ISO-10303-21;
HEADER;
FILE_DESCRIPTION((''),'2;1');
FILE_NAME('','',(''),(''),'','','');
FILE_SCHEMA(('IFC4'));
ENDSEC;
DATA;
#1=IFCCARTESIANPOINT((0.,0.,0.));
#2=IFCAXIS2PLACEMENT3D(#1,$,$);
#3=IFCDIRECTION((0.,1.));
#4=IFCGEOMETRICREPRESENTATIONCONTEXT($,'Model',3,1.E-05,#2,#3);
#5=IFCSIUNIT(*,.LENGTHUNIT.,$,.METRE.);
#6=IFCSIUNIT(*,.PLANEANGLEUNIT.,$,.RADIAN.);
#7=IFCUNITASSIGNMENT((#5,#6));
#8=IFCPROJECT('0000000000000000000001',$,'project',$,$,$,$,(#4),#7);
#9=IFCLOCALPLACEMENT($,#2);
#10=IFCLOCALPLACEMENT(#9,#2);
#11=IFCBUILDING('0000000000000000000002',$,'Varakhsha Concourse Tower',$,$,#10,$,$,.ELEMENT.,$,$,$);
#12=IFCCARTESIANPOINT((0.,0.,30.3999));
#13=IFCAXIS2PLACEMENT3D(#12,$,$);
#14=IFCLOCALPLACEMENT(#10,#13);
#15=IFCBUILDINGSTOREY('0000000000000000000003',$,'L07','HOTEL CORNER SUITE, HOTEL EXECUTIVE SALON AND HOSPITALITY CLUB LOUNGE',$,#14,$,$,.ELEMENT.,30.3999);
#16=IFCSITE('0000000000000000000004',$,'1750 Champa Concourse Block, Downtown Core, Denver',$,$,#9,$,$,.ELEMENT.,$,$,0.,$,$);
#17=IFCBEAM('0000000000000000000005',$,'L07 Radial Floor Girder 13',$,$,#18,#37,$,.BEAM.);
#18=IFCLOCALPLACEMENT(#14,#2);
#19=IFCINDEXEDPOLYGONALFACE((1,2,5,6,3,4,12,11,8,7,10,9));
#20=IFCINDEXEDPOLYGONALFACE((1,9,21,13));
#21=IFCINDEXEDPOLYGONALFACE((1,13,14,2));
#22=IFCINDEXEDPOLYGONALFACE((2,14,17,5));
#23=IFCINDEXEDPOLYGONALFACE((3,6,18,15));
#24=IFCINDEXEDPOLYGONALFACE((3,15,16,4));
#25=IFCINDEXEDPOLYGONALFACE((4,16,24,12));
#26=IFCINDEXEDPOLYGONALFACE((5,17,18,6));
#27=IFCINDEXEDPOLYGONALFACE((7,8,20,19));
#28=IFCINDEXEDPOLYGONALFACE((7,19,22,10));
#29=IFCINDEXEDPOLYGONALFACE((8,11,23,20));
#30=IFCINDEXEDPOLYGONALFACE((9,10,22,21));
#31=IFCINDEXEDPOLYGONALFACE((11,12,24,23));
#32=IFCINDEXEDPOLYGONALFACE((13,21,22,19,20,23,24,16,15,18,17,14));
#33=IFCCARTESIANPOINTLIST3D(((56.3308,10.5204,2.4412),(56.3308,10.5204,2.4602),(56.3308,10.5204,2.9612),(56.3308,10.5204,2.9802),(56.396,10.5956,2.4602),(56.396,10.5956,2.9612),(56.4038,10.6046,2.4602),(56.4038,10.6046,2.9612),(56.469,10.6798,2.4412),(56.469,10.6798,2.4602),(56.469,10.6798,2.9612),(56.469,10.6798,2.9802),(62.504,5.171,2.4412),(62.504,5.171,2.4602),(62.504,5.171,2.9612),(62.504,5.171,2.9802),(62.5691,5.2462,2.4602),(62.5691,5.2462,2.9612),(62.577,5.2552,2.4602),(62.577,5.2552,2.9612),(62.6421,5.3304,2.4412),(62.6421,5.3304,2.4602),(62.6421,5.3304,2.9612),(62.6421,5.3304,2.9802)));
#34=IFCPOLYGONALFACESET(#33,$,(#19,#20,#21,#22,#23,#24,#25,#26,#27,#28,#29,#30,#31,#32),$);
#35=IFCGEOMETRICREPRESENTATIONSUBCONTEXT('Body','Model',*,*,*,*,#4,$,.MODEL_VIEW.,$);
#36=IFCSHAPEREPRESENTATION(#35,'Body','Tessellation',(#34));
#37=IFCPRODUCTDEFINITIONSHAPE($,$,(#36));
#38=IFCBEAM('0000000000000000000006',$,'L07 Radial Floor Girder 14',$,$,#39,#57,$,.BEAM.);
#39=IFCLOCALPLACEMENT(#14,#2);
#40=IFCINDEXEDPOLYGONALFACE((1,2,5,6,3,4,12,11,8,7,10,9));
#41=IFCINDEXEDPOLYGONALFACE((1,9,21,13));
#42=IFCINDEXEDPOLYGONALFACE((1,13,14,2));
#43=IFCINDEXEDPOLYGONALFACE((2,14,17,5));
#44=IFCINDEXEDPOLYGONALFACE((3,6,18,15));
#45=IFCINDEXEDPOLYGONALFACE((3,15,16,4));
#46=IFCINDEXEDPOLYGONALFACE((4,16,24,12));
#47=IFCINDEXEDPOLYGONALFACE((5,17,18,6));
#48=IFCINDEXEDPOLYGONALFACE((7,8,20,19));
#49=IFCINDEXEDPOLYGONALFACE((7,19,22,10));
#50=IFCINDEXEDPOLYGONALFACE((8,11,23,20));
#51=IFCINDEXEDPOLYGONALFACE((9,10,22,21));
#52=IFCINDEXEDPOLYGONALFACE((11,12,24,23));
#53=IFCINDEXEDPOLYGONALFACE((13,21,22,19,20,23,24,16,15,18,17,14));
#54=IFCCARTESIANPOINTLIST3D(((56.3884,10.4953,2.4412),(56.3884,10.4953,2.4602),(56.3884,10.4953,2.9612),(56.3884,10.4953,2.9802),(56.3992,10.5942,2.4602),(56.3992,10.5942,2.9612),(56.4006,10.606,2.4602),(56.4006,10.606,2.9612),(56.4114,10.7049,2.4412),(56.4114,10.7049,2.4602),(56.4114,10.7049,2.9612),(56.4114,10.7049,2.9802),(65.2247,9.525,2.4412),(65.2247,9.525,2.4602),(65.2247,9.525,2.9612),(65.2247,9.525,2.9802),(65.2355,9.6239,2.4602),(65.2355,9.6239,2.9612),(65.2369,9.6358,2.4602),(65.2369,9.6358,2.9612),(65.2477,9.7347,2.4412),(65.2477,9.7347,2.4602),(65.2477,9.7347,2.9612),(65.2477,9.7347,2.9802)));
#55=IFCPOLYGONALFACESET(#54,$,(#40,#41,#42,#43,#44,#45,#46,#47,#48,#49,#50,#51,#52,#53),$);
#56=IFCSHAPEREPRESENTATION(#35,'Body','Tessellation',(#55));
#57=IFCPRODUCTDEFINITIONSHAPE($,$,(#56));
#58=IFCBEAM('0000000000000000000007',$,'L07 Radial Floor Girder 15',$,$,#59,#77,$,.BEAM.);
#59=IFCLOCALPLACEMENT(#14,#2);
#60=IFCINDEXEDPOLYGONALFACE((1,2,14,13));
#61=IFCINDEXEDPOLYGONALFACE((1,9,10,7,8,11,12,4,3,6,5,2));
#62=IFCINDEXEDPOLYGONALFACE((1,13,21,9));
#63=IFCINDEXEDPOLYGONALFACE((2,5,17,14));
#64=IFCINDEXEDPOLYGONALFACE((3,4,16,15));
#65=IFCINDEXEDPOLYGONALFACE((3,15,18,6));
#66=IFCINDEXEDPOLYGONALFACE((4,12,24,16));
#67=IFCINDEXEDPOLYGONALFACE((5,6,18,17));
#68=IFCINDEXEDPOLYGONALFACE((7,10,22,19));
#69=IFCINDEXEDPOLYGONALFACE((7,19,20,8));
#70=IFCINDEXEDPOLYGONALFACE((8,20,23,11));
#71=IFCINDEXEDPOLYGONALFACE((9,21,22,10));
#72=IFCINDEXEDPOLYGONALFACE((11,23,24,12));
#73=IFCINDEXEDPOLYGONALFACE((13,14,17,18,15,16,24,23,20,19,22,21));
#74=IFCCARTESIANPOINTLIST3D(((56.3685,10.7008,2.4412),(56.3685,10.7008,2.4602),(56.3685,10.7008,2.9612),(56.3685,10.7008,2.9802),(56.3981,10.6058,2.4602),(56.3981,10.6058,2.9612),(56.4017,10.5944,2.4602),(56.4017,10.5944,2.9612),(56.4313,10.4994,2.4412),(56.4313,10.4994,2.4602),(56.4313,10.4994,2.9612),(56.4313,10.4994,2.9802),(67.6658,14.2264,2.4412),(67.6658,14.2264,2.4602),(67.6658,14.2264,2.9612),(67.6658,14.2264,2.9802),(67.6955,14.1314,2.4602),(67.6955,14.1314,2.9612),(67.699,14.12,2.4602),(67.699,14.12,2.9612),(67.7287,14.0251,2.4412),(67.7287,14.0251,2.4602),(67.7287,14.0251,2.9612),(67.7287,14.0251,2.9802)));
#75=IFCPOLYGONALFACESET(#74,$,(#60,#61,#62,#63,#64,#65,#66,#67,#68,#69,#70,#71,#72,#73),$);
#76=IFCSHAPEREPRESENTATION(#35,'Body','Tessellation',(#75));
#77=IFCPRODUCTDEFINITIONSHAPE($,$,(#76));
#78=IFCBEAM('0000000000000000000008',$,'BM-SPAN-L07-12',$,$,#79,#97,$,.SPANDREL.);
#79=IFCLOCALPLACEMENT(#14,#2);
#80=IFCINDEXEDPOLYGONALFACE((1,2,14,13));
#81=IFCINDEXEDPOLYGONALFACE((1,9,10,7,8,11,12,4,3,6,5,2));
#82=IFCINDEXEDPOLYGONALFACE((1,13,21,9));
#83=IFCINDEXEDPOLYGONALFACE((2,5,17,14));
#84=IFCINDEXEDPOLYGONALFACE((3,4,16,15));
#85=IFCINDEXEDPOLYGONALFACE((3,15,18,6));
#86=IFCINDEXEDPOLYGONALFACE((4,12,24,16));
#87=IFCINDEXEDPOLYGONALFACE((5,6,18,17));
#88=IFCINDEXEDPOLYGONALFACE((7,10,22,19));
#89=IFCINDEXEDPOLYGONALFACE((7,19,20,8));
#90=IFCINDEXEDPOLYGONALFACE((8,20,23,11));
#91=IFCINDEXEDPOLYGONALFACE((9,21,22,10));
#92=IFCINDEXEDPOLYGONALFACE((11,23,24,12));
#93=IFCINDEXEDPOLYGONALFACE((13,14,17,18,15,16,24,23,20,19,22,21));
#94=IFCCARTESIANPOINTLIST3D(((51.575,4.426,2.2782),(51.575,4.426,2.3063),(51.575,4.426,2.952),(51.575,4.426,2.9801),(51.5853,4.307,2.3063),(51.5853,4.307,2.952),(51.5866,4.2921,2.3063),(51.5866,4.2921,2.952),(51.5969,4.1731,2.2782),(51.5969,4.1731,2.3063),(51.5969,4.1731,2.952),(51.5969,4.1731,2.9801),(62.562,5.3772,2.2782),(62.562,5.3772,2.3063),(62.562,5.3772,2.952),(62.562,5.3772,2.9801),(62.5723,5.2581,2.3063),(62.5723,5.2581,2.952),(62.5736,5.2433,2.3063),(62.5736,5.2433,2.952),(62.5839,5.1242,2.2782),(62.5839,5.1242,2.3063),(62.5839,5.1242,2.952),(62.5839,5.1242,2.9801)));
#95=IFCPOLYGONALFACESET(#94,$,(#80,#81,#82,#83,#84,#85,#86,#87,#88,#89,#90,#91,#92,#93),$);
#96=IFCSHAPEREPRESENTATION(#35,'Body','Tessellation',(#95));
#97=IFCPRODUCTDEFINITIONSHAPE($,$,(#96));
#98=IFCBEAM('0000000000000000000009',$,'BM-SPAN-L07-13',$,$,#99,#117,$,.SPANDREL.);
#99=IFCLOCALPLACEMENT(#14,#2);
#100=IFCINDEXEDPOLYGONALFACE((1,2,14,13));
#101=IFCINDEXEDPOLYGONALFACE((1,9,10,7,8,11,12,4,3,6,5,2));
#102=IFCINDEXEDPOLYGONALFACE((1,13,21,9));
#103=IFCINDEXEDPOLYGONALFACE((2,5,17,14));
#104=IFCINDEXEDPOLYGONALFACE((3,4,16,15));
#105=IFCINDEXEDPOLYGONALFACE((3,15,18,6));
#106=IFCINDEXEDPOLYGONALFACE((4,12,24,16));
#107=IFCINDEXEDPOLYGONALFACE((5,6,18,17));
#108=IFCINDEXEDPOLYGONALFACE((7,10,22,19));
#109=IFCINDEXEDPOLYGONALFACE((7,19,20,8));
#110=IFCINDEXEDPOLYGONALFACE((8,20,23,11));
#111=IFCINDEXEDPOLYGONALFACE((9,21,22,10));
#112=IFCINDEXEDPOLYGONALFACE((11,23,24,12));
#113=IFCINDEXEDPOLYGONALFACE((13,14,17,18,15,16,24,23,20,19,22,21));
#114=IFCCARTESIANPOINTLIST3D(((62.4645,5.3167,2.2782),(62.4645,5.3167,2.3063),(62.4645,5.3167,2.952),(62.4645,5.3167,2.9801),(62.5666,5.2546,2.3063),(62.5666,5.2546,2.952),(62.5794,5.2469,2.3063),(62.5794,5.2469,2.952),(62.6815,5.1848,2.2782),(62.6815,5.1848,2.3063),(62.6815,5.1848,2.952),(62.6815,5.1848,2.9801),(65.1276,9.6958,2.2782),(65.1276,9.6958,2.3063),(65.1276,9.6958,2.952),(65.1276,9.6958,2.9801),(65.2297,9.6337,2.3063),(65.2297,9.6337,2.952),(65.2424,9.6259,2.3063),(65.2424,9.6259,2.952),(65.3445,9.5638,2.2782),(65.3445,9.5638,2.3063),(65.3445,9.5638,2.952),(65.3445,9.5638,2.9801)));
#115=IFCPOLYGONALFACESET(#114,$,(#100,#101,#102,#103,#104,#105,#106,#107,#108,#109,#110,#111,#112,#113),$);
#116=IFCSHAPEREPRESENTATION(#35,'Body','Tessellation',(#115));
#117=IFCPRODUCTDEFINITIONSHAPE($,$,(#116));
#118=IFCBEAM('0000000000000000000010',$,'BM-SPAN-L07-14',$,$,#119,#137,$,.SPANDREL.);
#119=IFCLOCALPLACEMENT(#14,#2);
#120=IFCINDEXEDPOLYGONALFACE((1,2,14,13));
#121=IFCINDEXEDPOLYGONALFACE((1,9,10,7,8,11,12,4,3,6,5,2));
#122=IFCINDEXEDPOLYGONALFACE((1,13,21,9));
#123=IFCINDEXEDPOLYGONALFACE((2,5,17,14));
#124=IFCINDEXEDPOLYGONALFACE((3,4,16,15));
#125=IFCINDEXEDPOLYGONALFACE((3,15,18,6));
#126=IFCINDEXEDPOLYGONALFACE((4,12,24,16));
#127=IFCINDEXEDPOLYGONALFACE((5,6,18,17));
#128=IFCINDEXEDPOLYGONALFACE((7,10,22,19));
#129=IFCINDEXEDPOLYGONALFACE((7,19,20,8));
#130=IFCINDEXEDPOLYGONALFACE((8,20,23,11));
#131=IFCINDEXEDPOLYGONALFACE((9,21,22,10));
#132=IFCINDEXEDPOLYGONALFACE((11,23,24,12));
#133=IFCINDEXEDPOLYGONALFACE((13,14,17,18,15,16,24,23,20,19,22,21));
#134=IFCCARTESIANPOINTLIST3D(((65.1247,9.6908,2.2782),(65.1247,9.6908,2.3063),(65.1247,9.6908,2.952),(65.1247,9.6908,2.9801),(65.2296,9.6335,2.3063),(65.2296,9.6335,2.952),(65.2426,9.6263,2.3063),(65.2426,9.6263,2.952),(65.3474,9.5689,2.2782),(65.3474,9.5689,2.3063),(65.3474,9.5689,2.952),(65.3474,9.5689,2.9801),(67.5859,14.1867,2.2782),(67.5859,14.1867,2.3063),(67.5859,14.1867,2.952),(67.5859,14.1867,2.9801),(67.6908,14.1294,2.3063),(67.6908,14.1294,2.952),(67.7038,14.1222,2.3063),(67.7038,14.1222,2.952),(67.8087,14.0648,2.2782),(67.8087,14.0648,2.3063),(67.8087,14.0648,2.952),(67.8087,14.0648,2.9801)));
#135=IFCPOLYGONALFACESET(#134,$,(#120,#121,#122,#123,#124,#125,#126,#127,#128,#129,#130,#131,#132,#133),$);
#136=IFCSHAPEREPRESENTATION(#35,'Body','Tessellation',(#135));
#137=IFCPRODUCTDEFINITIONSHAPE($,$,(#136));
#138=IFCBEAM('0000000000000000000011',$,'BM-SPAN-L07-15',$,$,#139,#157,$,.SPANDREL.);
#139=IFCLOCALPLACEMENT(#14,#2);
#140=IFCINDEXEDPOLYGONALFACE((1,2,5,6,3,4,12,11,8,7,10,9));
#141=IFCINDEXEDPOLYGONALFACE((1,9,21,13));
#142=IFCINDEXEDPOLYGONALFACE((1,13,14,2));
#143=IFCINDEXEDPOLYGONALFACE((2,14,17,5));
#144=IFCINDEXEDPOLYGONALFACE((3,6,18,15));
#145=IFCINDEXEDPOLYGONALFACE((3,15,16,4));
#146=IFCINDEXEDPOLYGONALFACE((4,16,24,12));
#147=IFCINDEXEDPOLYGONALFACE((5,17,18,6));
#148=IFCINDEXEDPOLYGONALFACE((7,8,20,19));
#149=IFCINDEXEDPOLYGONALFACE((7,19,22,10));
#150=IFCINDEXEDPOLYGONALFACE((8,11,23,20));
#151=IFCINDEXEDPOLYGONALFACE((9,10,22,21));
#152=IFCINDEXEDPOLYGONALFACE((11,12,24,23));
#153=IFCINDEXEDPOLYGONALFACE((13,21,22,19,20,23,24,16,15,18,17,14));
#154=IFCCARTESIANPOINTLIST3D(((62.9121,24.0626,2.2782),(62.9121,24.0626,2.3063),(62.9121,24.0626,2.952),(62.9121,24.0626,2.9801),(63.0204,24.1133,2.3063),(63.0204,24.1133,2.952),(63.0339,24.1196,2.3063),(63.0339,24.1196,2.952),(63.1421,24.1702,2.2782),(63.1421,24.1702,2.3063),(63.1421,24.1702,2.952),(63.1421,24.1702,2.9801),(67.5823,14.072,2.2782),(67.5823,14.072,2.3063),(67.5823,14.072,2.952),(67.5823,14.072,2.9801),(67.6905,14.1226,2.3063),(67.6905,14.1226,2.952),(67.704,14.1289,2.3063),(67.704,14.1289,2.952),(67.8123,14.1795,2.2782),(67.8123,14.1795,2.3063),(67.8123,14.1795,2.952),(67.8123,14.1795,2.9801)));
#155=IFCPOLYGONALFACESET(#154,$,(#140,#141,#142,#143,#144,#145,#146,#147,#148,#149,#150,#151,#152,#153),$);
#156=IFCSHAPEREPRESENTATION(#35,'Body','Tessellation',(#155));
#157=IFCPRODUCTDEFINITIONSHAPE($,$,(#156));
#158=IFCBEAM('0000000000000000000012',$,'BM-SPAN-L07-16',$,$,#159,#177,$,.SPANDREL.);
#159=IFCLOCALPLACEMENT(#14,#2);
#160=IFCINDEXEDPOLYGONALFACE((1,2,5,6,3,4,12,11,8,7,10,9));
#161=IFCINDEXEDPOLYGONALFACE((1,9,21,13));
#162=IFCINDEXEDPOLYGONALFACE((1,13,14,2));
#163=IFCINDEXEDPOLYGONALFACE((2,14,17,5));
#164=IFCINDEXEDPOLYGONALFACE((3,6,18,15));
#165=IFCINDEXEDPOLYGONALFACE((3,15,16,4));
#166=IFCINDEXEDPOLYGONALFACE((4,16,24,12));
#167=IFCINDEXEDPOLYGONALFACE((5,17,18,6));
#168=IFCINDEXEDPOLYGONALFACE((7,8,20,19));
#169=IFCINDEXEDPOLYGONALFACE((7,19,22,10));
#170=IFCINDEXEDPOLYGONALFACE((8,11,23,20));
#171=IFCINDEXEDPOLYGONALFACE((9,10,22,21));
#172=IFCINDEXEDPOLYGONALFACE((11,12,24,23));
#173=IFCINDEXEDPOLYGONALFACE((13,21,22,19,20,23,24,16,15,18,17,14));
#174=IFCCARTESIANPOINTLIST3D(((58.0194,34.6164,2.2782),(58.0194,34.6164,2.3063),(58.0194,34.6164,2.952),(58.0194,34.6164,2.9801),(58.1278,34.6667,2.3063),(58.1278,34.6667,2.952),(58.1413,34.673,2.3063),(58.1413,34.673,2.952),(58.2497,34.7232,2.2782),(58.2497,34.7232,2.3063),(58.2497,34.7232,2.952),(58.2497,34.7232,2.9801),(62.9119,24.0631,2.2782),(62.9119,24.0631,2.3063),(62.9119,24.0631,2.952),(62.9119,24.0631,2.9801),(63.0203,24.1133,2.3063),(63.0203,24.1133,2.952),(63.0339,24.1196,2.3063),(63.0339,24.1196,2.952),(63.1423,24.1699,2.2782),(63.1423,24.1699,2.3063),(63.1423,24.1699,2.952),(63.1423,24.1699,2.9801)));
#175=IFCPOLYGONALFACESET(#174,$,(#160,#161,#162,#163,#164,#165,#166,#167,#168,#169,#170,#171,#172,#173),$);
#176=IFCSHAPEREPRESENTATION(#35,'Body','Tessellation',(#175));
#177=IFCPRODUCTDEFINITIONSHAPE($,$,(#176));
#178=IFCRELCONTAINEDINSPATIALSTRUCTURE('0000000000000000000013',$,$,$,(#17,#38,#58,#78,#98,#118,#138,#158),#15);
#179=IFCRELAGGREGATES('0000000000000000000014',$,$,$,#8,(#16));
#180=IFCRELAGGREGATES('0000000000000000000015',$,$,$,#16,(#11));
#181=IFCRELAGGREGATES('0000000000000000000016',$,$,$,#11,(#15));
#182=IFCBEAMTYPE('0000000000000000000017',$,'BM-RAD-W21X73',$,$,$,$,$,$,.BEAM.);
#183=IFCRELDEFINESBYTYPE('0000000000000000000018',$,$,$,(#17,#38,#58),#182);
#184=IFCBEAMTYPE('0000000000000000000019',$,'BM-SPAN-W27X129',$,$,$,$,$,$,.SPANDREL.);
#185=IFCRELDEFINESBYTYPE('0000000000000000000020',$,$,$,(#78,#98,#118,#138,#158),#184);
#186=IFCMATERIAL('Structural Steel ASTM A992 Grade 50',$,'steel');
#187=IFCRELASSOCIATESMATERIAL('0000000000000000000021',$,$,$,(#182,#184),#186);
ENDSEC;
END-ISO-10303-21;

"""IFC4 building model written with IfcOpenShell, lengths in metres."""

from ifc_helpers import new_model, si_unit, direction, frame, origin, origin_2d, place, context, subcontext, project, spatial, i_section, extrude, material, material_profile, profile_set, type_object, element, save


model = new_model("IFC4")

# Units and contexts
model_context = context("Model", 3, precision=1e-05, world=origin(), true_north=direction((0.0, 1.0)))
body_context = subcontext(model_context, "Body", "Model", "MODEL_VIEW")
ifc_project = project(units=[si_unit("LENGTHUNIT", "METRE"), si_unit("PLANEANGLEUNIT", "RADIAN")], contexts=[model_context])

# Site, building, storey
site_placement = place(None, origin())
site = spatial("IfcSite", under=ifc_project, at=site_placement, Name="1750 Champa Concourse Block, Downtown Core, Denver", CompositionType="ELEMENT", RefElevation=0.0)
building_placement = place(site_placement, origin())
building = spatial("IfcBuilding", under=site, at=building_placement, Name="Varakhsha Concourse Tower", CompositionType="ELEMENT")
storey_placement = place(building_placement, frame((0.0, 0.0, 30.3999)))
storey = spatial("IfcBuildingStorey", under=building, at=storey_placement, Name="L07", Description="HOTEL CORNER SUITE, HOTEL EXECUTIVE SALON AND HOSPITALITY CLUB LOUNGE", CompositionType="ELEMENT", Elevation=30.3999)

# Shared definitions
ifc_material_1 = material(Name="Structural Steel ASTM A992 Grade 50", Category="steel")

# Beams
ifc_material_profile_1 = material_profile(ifc_material_1, i_section(OverallWidth=0.2109, OverallDepth=0.5391, WebThickness=0.012, FlangeThickness=0.019, at=origin_2d()), Name="W21X73")
ifc_profile_set_1 = profile_set([ifc_material_profile_1], Name="Structural Steel ASTM A992 Grade 50")
beam_type_1 = type_object("IfcBeamType", Name="BM-RAD-W21X73", PredefinedType="BEAM", material=ifc_profile_set_1)
beam_1_placement = place(storey_placement, frame((56.3999, 10.6001, 2.7107), z_axis=(0.755729, -0.654885, 0.0), x_axis=(0.654885, 0.755729, 0.0)))
element("IfcBeam", 1, at=beam_1_placement, inside=storey, type_object=beam_type_1, Name="L07 Radial Floor Girder 13", PredefinedType="BEAM", context=body_context, shape_type="SweptSolid", body=[
    extrude(i_section(OverallWidth=0.2109, OverallDepth=0.5391, WebThickness=0.012, FlangeThickness=0.019, at=origin_2d()), origin(), (0.0, 0.0, 1.0), 8.1685),
])
beam_2_placement = place(storey_placement, frame((56.3999, 10.6001, 2.7107), z_axis=(0.994026, -0.109144, 0.0), x_axis=(0.109144, 0.994026, 0.0)))
element("IfcBeam", 2, at=beam_2_placement, inside=storey, type_object=beam_type_1, Name="L07 Radial Floor Girder 14", PredefinedType="BEAM", context=body_context, shape_type="SweptSolid", body=[
    extrude(i_section(OverallWidth=0.2109, OverallDepth=0.5391, WebThickness=0.012, FlangeThickness=0.019, at=origin_2d()), origin(), (0.0, 0.0, 1.0), 8.8894),
])
beam_3_placement = place(storey_placement, frame((56.3999, 10.6001, 2.7107), z_axis=(0.954595, 0.297906, 0.0), x_axis=(-0.297906, 0.954595, 0.0)))
element("IfcBeam", 3, at=beam_3_placement, inside=storey, type_object=beam_type_1, Name="L07 Radial Floor Girder 15", PredefinedType="BEAM", context=body_context, shape_type="SweptSolid", body=[
    extrude(i_section(OverallWidth=0.2109, OverallDepth=0.5391, WebThickness=0.012, FlangeThickness=0.019, at=origin_2d()), origin(), (0.0, 0.0, 1.0), 11.8347),
])
ifc_material_profile_2 = material_profile(ifc_material_1, i_section(OverallWidth=0.2539, OverallDepth=0.7019, WebThickness=0.0149, FlangeThickness=0.0281, at=origin_2d()), Name="W27X129")
ifc_profile_set_2 = profile_set([ifc_material_profile_2], Name="Structural Steel ASTM A992 Grade 50")
beam_type_2 = type_object("IfcBeamType", Name="BM-SPAN-W27X129", PredefinedType="SPANDREL", material=ifc_profile_set_2)
beam_4_placement = place(storey_placement, frame((51.5859, 4.2996, 2.6292), z_axis=(0.996274, 0.086249, 0.0), x_axis=(-0.086249, 0.996274, 0.0)))
element("IfcBeam", 4, at=beam_4_placement, inside=storey, type_object=beam_type_2, Name="BM-SPAN-L07-12", PredefinedType="SPANDREL", context=body_context, shape_type="SweptSolid", body=[
    extrude(i_section(OverallWidth=0.2539, OverallDepth=0.7019, WebThickness=0.0149, FlangeThickness=0.0281, at=origin_2d()), origin(), (0.0, 0.0, 1.0), 11.0281),
])
beam_5_placement = place(storey_placement, frame((62.573, 5.2507, 2.6292), z_axis=(0.519593, 0.854414, 0.0), x_axis=(-0.854414, 0.519593, 0.0)))
element("IfcBeam", 5, at=beam_5_placement, inside=storey, type_object=beam_type_2, Name="BM-SPAN-L07-13", PredefinedType="SPANDREL", context=body_context, shape_type="SweptSolid", body=[
    extrude(i_section(OverallWidth=0.2539, OverallDepth=0.7019, WebThickness=0.0149, FlangeThickness=0.0281, at=origin_2d()), origin(), (0.0, 0.0, 1.0), 5.1252),
])
beam_6_placement = place(storey_placement, frame((65.2361, 9.6299, 2.6292), z_axis=(0.48019, 0.877165, 0.0), x_axis=(-0.877165, 0.48019, 0.0)))
element("IfcBeam", 6, at=beam_6_placement, inside=storey, type_object=beam_type_2, Name="BM-SPAN-L07-14", PredefinedType="SPANDREL", context=body_context, shape_type="SweptSolid", body=[
    extrude(i_section(OverallWidth=0.2539, OverallDepth=0.7019, WebThickness=0.0149, FlangeThickness=0.0281, at=origin_2d()), origin(), (0.0, 0.0, 1.0), 5.1255),
])
beam_7_placement = place(storey_placement, frame((67.6973, 14.1257, 2.6292), z_axis=(-0.423468, 0.905911, 0.0), x_axis=(-0.905911, -0.423468, 0.0)))
element("IfcBeam", 7, at=beam_7_placement, inside=storey, type_object=beam_type_2, Name="BM-SPAN-L07-15", PredefinedType="SPANDREL", context=body_context, shape_type="SweptSolid", body=[
    extrude(i_section(OverallWidth=0.2539, OverallDepth=0.7019, WebThickness=0.0149, FlangeThickness=0.0281, at=origin_2d()), origin(), (0.0, 0.0, 1.0), 11.0283),
])
beam_8_placement = place(storey_placement, frame((63.0271, 24.1165, 2.6292), z_axis=(-0.420599, 0.907247, 0.0), x_axis=(-0.907247, -0.420599, 0.0)))
element("IfcBeam", 8, at=beam_8_placement, inside=storey, type_object=beam_type_2, Name="BM-SPAN-L07-16", PredefinedType="SPANDREL", context=body_context, shape_type="SweptSolid", body=[
    extrude(i_section(OverallWidth=0.2539, OverallDepth=0.7019, WebThickness=0.0149, FlangeThickness=0.0281, at=origin_2d()), origin(), (0.0, 0.0, 1.0), 11.6323),
])

save(model, "model.ifc")
